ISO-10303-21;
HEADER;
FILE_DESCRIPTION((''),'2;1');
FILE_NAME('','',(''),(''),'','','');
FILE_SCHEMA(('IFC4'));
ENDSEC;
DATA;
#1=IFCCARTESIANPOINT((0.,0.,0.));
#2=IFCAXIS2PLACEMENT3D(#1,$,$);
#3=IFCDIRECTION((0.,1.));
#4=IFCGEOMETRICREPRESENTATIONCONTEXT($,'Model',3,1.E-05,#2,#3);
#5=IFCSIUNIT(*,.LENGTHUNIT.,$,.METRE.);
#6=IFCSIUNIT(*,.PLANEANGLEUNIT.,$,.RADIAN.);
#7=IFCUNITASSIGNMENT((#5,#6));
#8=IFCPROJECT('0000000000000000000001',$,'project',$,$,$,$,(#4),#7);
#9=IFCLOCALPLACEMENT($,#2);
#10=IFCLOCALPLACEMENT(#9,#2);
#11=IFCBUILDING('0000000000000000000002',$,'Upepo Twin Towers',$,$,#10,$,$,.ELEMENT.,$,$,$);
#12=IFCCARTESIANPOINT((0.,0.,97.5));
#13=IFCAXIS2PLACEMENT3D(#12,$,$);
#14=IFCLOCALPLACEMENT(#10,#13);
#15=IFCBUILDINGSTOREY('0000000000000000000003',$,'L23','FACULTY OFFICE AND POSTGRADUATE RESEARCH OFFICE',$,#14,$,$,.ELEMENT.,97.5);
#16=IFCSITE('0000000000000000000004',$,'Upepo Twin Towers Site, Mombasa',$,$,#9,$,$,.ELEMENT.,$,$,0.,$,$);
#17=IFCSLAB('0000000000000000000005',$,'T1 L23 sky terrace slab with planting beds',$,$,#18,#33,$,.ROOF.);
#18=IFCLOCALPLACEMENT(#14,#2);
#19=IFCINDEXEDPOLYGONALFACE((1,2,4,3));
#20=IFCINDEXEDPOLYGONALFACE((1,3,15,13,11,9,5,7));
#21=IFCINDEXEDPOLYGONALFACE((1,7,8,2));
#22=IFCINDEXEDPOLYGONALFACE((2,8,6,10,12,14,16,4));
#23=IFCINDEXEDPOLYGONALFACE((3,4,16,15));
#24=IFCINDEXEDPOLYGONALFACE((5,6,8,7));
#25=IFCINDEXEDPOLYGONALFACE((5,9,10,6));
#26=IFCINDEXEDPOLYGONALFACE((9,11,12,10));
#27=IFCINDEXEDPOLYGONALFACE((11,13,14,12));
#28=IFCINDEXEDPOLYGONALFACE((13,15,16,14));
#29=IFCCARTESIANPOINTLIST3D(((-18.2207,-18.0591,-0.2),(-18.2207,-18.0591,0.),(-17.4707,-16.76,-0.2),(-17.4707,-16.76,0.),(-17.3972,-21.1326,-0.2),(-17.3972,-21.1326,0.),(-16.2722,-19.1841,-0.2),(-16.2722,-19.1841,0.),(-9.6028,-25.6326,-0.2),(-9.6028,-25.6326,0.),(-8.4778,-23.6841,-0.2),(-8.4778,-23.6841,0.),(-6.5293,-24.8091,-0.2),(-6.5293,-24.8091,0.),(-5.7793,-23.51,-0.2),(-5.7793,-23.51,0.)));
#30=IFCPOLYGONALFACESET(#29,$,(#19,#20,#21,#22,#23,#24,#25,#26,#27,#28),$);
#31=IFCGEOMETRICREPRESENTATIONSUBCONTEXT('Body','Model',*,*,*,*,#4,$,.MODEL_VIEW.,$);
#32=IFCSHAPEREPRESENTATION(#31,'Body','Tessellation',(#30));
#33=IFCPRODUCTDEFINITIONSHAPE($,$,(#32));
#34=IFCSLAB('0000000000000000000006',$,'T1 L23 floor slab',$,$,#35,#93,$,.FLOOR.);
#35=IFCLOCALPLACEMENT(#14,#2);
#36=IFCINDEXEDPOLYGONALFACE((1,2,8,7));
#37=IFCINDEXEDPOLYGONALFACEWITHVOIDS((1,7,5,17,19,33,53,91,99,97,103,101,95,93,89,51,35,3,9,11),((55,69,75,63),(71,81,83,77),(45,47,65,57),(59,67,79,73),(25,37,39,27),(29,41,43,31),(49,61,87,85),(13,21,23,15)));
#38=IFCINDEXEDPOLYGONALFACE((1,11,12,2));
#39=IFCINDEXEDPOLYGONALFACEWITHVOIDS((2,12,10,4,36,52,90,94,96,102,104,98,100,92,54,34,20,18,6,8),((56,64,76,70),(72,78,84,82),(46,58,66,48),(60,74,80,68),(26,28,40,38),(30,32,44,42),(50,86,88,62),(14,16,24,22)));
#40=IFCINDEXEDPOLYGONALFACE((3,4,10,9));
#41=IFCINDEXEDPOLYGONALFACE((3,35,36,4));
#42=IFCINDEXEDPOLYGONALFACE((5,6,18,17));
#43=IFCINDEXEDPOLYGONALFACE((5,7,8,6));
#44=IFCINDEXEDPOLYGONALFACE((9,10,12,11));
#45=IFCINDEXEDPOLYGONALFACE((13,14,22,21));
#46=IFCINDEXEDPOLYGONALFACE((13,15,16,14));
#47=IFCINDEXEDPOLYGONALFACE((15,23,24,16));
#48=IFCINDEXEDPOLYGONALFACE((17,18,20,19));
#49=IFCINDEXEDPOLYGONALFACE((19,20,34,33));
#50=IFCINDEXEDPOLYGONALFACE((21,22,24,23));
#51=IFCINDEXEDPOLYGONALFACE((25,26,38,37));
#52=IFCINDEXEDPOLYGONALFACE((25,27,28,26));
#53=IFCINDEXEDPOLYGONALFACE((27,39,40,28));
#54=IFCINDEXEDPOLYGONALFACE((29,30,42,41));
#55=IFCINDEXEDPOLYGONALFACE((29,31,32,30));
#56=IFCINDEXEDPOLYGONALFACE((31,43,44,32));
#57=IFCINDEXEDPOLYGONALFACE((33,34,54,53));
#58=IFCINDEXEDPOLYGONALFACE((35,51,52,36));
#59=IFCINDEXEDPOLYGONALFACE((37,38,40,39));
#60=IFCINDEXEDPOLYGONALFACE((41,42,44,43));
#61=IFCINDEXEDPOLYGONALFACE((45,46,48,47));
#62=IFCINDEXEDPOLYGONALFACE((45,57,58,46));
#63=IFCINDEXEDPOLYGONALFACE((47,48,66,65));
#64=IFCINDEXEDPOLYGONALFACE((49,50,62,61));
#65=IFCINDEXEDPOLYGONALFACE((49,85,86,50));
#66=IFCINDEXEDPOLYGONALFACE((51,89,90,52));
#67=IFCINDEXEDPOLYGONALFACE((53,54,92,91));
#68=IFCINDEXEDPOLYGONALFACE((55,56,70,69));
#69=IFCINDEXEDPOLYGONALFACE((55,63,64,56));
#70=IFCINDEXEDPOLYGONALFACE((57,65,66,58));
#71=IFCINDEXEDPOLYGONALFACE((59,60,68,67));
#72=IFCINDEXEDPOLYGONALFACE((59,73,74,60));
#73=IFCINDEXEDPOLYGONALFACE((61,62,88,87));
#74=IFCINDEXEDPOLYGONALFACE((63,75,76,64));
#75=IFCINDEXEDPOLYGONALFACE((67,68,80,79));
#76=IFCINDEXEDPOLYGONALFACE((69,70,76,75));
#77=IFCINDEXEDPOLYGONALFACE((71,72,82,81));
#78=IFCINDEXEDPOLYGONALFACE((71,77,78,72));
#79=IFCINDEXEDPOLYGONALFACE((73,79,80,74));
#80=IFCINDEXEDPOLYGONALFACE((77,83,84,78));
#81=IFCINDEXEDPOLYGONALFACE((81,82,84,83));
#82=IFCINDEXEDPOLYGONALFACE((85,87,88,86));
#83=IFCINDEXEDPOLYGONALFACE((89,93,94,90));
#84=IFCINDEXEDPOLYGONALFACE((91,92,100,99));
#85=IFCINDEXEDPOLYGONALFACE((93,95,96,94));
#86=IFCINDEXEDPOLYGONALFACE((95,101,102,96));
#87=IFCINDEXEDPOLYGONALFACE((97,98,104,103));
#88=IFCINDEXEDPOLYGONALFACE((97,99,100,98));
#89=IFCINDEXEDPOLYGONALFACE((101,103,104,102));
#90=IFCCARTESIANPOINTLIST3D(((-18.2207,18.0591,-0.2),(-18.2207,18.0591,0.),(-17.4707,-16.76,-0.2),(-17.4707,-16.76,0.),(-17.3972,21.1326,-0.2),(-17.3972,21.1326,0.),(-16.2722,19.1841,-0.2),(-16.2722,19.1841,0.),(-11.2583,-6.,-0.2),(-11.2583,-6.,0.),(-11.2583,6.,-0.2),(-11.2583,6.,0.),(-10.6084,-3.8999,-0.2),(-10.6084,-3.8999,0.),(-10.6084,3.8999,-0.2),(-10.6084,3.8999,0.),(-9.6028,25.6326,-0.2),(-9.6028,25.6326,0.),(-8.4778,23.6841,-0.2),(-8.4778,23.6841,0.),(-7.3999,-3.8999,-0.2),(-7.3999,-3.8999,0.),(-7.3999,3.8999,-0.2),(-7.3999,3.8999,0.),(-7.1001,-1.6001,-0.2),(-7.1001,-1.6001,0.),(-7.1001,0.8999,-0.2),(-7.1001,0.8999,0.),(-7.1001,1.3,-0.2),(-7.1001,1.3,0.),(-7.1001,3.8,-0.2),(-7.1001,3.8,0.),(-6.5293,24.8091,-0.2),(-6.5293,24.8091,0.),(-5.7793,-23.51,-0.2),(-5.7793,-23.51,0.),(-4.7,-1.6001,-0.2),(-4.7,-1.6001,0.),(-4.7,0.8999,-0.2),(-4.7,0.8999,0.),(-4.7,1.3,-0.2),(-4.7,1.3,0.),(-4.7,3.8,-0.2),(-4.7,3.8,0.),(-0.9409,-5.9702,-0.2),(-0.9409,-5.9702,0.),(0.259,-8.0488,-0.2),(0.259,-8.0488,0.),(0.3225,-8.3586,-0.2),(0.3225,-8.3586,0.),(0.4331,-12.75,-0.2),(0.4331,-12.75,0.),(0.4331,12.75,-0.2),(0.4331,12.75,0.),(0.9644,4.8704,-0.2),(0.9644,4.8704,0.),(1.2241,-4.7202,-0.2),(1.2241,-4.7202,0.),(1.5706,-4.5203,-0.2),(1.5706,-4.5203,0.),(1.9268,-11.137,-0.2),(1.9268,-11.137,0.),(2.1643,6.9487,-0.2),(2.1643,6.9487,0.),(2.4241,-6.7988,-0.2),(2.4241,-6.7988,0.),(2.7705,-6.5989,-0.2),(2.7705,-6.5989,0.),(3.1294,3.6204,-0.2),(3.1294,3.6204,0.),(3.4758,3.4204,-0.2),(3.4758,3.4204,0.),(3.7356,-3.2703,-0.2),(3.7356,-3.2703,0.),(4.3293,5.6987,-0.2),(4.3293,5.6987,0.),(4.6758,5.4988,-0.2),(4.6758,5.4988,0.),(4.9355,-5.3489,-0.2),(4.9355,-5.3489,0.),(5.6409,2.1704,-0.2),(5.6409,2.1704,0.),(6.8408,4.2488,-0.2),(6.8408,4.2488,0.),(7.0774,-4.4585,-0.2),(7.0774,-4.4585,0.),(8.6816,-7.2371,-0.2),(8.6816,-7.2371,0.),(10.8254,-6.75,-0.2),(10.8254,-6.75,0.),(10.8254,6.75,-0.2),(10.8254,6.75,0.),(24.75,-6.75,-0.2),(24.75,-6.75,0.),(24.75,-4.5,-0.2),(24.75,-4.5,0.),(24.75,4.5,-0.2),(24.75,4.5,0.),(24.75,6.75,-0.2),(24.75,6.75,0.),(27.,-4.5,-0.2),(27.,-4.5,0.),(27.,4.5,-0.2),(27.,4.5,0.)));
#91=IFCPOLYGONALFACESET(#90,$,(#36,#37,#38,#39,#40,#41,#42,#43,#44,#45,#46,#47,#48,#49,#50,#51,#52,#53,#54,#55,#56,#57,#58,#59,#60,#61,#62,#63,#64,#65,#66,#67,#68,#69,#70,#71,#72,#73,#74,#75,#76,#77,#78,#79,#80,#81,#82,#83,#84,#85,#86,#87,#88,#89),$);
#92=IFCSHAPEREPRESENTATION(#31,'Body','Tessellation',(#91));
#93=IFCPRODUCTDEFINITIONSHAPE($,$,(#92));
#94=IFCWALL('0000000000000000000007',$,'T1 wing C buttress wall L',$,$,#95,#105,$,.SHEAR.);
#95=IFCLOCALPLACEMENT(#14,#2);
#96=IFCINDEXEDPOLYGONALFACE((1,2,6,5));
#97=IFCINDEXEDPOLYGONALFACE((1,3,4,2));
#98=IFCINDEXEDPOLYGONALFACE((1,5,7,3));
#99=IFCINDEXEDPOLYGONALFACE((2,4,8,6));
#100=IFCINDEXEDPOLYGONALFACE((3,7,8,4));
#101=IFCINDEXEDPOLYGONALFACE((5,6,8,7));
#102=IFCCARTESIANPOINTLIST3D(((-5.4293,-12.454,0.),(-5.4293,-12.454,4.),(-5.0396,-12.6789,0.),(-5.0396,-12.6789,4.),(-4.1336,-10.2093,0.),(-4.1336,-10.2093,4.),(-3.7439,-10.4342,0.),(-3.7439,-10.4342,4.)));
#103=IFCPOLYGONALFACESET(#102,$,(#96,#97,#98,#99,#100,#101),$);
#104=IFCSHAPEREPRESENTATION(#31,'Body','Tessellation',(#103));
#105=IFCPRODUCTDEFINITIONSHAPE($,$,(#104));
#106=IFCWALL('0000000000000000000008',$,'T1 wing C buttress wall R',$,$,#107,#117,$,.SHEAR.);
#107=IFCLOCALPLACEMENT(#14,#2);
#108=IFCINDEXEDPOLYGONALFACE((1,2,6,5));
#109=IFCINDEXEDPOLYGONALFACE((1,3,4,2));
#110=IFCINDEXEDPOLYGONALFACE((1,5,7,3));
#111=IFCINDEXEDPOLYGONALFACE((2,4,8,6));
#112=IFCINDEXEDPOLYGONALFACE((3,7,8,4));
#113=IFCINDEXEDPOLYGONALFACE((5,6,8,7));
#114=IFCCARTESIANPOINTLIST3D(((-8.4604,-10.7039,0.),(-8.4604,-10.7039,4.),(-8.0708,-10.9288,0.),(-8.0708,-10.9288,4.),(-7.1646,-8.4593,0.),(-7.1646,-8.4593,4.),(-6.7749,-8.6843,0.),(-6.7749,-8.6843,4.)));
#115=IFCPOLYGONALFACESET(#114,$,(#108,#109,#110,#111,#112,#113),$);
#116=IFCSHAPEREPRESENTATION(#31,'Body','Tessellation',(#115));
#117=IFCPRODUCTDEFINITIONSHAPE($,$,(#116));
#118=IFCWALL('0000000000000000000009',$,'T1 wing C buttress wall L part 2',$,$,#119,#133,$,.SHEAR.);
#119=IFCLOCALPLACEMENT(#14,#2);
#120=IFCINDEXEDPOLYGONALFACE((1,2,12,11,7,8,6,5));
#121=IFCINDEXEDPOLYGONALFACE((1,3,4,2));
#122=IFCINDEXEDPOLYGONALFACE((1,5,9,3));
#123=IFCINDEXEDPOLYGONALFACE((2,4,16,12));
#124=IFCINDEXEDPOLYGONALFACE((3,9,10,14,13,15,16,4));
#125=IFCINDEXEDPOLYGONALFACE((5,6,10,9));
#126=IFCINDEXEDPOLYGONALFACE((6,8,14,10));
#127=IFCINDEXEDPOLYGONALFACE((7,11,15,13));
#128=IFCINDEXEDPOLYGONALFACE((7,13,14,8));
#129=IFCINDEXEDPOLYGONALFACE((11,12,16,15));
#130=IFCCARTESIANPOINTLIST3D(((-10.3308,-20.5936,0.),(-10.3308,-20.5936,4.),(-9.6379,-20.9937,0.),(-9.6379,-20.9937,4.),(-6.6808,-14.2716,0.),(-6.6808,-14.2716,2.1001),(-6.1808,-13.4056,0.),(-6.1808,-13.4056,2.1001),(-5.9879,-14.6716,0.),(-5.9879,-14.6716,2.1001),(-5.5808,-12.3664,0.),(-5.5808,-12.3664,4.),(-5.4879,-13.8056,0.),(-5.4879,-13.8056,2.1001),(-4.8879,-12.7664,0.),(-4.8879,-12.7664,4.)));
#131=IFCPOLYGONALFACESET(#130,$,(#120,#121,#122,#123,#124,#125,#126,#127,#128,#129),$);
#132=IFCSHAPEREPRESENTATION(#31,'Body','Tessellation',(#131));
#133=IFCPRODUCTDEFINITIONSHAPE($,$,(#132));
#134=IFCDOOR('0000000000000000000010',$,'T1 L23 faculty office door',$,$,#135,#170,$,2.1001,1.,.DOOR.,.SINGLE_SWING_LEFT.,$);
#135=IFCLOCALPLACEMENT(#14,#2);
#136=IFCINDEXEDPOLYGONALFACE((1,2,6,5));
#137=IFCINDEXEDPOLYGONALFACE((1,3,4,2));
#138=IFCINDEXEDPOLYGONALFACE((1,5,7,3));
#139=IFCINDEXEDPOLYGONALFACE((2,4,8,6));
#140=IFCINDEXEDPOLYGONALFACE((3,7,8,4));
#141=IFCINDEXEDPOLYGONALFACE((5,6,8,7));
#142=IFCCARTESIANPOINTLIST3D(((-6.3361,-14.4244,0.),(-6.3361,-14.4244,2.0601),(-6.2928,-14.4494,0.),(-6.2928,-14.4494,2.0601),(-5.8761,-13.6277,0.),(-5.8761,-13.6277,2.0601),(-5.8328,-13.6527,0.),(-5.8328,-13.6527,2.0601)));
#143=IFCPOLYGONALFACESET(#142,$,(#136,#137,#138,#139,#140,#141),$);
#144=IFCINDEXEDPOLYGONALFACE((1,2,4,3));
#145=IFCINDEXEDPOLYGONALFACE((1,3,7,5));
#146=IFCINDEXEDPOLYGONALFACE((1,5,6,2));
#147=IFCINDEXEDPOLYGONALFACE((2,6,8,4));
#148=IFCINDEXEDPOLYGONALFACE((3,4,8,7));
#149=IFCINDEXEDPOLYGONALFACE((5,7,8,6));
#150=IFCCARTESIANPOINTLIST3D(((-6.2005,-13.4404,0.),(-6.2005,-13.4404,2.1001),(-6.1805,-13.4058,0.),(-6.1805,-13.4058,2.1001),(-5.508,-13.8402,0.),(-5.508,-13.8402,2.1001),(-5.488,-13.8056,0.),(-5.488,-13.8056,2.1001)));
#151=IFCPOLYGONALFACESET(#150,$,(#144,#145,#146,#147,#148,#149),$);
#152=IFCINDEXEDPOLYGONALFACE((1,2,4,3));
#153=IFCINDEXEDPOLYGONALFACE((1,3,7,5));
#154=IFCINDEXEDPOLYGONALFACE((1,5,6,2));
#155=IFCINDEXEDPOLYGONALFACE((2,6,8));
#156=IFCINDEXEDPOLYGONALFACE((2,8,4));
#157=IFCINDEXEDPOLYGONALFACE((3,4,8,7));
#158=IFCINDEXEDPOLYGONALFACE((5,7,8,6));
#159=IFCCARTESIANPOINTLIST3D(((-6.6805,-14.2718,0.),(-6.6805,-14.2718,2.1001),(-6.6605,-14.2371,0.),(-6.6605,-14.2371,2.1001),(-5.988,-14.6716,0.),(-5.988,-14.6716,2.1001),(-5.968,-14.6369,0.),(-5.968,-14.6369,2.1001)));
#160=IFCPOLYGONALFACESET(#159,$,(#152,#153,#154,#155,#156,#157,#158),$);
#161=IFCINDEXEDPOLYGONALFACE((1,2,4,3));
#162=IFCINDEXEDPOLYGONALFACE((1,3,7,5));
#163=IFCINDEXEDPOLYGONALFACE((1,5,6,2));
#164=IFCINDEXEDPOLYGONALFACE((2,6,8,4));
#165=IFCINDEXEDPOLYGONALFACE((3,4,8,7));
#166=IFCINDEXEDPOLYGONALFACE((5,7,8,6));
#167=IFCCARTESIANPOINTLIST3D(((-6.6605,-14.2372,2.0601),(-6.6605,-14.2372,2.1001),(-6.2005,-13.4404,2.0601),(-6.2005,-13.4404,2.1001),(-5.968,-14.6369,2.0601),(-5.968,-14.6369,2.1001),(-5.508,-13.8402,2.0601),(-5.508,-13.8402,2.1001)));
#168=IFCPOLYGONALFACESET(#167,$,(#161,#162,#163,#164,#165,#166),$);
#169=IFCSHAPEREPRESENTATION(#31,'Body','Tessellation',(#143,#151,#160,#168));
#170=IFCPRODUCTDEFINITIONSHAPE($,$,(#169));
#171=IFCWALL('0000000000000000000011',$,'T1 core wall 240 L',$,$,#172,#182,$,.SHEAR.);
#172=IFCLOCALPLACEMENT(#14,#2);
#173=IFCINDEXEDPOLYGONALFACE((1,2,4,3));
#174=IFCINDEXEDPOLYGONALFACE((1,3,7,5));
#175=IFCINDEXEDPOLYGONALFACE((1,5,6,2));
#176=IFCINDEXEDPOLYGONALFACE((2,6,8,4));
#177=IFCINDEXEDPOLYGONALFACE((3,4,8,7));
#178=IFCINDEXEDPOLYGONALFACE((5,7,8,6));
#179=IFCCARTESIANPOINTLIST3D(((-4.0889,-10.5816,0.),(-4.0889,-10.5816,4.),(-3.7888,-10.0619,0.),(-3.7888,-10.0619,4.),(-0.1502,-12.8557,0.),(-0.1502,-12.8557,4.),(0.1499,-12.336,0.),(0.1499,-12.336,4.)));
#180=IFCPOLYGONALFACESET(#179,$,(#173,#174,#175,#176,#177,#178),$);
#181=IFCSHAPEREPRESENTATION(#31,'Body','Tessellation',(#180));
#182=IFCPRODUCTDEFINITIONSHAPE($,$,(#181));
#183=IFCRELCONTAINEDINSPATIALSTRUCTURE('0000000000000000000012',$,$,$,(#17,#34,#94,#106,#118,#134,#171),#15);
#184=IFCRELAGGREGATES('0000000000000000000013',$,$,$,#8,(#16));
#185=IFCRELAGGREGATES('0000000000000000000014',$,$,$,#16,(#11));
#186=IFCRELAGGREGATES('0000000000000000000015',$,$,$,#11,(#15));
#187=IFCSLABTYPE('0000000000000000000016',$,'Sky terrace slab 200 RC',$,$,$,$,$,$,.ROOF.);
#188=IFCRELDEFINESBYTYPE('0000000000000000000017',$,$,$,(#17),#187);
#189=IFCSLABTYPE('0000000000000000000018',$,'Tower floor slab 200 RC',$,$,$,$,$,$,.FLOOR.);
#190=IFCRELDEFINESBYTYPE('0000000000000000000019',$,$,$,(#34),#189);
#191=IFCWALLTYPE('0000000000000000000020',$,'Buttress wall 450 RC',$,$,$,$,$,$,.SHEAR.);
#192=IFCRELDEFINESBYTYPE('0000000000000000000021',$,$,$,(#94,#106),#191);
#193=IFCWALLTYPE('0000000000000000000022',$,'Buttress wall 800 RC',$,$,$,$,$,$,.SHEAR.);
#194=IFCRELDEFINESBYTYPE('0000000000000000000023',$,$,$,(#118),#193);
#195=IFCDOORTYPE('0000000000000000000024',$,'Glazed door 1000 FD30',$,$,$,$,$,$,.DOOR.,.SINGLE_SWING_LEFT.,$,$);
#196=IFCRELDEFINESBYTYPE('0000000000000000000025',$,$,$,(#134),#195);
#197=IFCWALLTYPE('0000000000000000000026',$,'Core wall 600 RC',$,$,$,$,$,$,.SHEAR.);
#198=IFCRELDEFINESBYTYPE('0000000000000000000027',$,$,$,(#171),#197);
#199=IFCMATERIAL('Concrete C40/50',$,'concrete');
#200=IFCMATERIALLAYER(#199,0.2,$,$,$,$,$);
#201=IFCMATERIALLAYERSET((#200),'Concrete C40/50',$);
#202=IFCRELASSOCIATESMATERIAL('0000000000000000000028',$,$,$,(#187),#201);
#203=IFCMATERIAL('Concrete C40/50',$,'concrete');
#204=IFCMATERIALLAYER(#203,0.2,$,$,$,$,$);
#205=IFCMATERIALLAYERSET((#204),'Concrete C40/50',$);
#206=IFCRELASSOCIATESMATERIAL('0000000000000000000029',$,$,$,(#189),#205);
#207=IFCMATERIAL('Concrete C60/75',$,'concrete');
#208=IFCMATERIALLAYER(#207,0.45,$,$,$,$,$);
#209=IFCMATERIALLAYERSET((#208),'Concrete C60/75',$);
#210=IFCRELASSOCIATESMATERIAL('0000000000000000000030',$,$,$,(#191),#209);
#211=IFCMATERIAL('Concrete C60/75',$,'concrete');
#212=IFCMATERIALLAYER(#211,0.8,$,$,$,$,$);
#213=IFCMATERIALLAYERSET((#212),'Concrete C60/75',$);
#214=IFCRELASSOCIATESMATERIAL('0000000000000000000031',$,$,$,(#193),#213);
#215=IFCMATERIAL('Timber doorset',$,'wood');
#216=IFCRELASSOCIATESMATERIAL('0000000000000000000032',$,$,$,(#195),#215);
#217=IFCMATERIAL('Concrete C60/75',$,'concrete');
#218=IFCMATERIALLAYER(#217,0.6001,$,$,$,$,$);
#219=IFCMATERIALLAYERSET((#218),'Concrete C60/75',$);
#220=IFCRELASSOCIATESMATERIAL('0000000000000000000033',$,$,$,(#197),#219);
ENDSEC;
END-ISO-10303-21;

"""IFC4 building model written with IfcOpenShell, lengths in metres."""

from ifc_helpers import new_model, si_unit, direction, frame, frame_2d, origin, place, context, subcontext, project, spatial, polyline, rectangle, outline, extrude, material, layer, layer_set, type_object, element, fill, save


model = new_model("IFC4")

# Units and contexts
model_context = context("Model", 3, precision=1e-05, world=origin(), true_north=direction((0.0, 1.0)))
body_context = subcontext(model_context, "Body", "Model", "MODEL_VIEW")
ifc_project = project(units=[si_unit("LENGTHUNIT", "METRE"), si_unit("PLANEANGLEUNIT", "RADIAN")], contexts=[model_context])

# Site, building, storey
site_placement = place(None, origin())
site = spatial("IfcSite", under=ifc_project, at=site_placement, Name="Upepo Twin Towers Site, Mombasa", CompositionType="ELEMENT", RefElevation=0.0)
building_placement = place(site_placement, origin())
building = spatial("IfcBuilding", under=site, at=building_placement, Name="Upepo Twin Towers", CompositionType="ELEMENT")
storey_placement = place(building_placement, frame((0.0, 0.0, 97.5)))
storey = spatial("IfcBuildingStorey", under=building, at=storey_placement, Name="L23", Description="FACULTY OFFICE AND POSTGRADUATE RESEARCH OFFICE", CompositionType="ELEMENT", Elevation=97.5)

# Slabs
ifc_material_1 = material(Name="Concrete C40/50", Category="concrete")
ifc_layer_1 = layer(ifc_material_1, 0.2)
ifc_layer_set_1 = layer_set([ifc_layer_1], Name="Concrete C40/50")
slab_type_1 = type_object("IfcSlabType", Name="Sky terrace slab 200 RC", PredefinedType="ROOF", material=ifc_layer_set_1)
slab_1_placement = place(storey_placement, frame((0.0, 0.0, -0.2)))
element("IfcSlab", 1, at=slab_1_placement, inside=storey, type_object=slab_type_1, Name="T1 L23 sky terrace slab with planting beds", PredefinedType="ROOF", context=body_context, shape_type="SweptSolid", body=[
    extrude(outline(polyline([(-9.6028, -25.6326), (-17.3972, -21.1326), (-16.2722, -19.1841), (-18.2207, -18.0591), (-11.2583, -6.0), (-17.4707, -16.76), (-5.7793, -23.51), (0.4331, -12.75), (-6.5293, -24.8091), (-8.4778, -23.6841), (-9.6028, -25.6326)])), origin(), (0.0, 0.0, 1.0), 0.2),
])
ifc_material_2 = material(Name="Concrete C40/50", Category="concrete")
ifc_layer_2 = layer(ifc_material_2, 0.2)
ifc_layer_set_2 = layer_set([ifc_layer_2], Name="Concrete C40/50")
slab_type_2 = type_object("IfcSlabType", Name="Tower floor slab 200 RC", PredefinedType="FLOOR", material=ifc_layer_set_2)
slab_2_placement = place(storey_placement, frame((0.0, 0.0, -0.2)))
element("IfcSlab", 2, at=slab_2_placement, inside=storey, type_object=slab_type_2, Name="T1 L23 floor slab", PredefinedType="FLOOR", context=body_context, shape_type="SweptSolid", body=[
    extrude(outline(polyline([(-17.4707, -16.76), (-11.2583, -6.0), (-11.2583, 6.0), (-18.2207, 18.0591), (-16.2722, 19.1841), (-17.3972, 21.1326), (-9.6028, 25.6326), (-8.4778, 23.6841), (-6.5293, 24.8091), (0.4331, 12.75), (10.8254, 6.75), (24.75, 6.75), (24.75, 4.5), (27.0, 4.5), (27.0, -4.5), (24.75, -4.5), (24.75, -6.75), (10.8254, -6.75), (0.4331, -12.75), (-5.7793, -23.51), (-17.4707, -16.76)]), holes=[polyline([(5.6409, 2.1704), (6.8408, 4.2488), (4.6758, 5.4988), (3.4758, 3.4204), (5.6409, 2.1704)]), polyline([(3.1294, 3.6204), (4.3293, 5.6987), (2.1643, 6.9487), (0.9644, 4.8704), (3.1294, 3.6204)]), polyline([(-4.7, 3.8), (-7.1001, 3.8), (-7.1001, 1.3), (-4.7, 1.3), (-4.7, 3.8)]), polyline([(-4.7, 0.8999), (-7.1001, 0.8999), (-7.1001, -1.6001), (-4.7, -1.6001), (-4.7, 0.8999)]), polyline([(-7.3999, 3.8999), (-10.6084, 3.8999), (-10.6084, -3.8999), (-7.3999, -3.8999), (-7.3999, 3.8999)]), polyline([(-0.9409, -5.9702), (0.259, -8.0488), (2.4241, -6.7988), (1.2241, -4.7202), (-0.9409, -5.9702)]), polyline([(1.5706, -4.5203), (2.7705, -6.5989), (4.9355, -5.3489), (3.7356, -3.2703), (1.5706, -4.5203)]), polyline([(0.3225, -8.3586), (1.9268, -11.137), (8.6816, -7.2371), (7.0774, -4.4585), (0.3225, -8.3586)])]), origin(), (0.0, 0.0, 1.0), 0.2),
])

# Walls
ifc_material_3 = material(Name="Concrete C60/75", Category="concrete")
ifc_layer_3 = layer(ifc_material_3, 0.45)
ifc_layer_set_3 = layer_set([ifc_layer_3], Name="Concrete C60/75")
wall_type_1 = type_object("IfcWallType", Name="Buttress wall 450 RC", PredefinedType="SHEAR", material=ifc_layer_set_3)
for number, where, z_axis, x_axis, name in (
    (3, (-3.9387, -10.3218, 0.0), (0.0, 0.0, 1.0), (-0.499918, -0.866073, 0.0), "T1 wing C buttress wall L"),
    (4, (-6.9697, -8.5718, 0.0), (0.0, 0.0, 1.0), (-0.499989, -0.866032, 0.0), "T1 wing C buttress wall R"),
):
    element("IfcWall", number, at=place(storey_placement, frame(where, z_axis=z_axis, x_axis=x_axis)), inside=storey, type_object=wall_type_1, Name=name, PredefinedType="SHEAR", context=body_context, shape_type="SweptSolid", body=[
        extrude(rectangle(XDim=2.5918, YDim=0.45, at=frame_2d((1.2959, 0.0))), origin(), (0.0, 0.0, 1.0), 4.0),
    ])

# Wall, opening, door
ifc_material_4 = material(Name="Concrete C60/75", Category="concrete")
ifc_layer_4 = layer(ifc_material_4, 0.8)
ifc_layer_set_4 = layer_set([ifc_layer_4], Name="Concrete C60/75")
wall_type_2 = type_object("IfcWallType", Name="Buttress wall 800 RC", PredefinedType="SHEAR", material=ifc_layer_set_4)
wall_1_placement = place(storey_placement, frame((-5.2344, -12.5664, 0.0), z_axis=(0.0, 0.0, 1.0), x_axis=(-0.499998, -0.866027, 0.0)))
wall_1 = element("IfcWall", 5, at=wall_1_placement, inside=storey, type_object=wall_type_2, Name="T1 wing C buttress wall L part 2", PredefinedType="SHEAR", context=body_context, shape_type="SweptSolid", body=[
    extrude(rectangle(XDim=9.5, YDim=0.8, at=frame_2d((4.75, 0.0))), origin(), (0.0, 0.0, 1.0), 4.0),
])
opening_1_placement = place(wall_1_placement, frame((1.2, 0.0, 0.0)))
opening_1 = element("IfcOpeningElement", 6, at=opening_1_placement, cuts=wall_1, PredefinedType="OPENING", context=body_context, shape_type="SweptSolid", body=[
    extrude(rectangle(XDim=1.0, YDim=2.1001, at=frame_2d((0.5, 1.05))), frame((0.0, 0.4099, 0.0), z_axis=(0.0, -1.0, 0.0), x_axis=(1.0, 0.0, 0.0)), (0.0, 0.0, 1.0), 0.8201),
])
ifc_material_5 = material(Name="Timber doorset", Category="wood")
door_type_1 = type_object("IfcDoorType", Name="Glazed door 1000 FD30", OperationType="SINGLE_SWING_LEFT", PredefinedType="DOOR", material=ifc_material_5)
door_1_placement = place(opening_1_placement, origin())
door_1 = element("IfcDoor", 7, at=door_1_placement, inside=storey, type_object=door_type_1, Name="T1 L23 faculty office door", OperationType="SINGLE_SWING_LEFT", OverallHeight=2.1001, OverallWidth=1.0, PredefinedType="DOOR", context=body_context, shape_type="SweptSolid", body=[
    extrude(rectangle(XDim=0.92, YDim=2.0601, at=frame_2d((0.5, 1.03))), frame((0.0, 0.0249, 0.0), z_axis=(0.0, -1.0, 0.0), x_axis=(1.0, 0.0, 0.0)), (0.0, 0.0, 1.0), 0.05),
    extrude(rectangle(XDim=0.04, YDim=2.1001, at=frame_2d((0.02, 1.05))), frame((0.0, 0.3999, 0.0), z_axis=(0.0, -1.0, 0.0), x_axis=(1.0, 0.0, 0.0)), (0.0, 0.0, 1.0), 0.7996),
    extrude(rectangle(XDim=0.04, YDim=2.1001, at=frame_2d((0.98, 1.05))), frame((0.0, 0.3999, 0.0), z_axis=(0.0, -1.0, 0.0), x_axis=(1.0, 0.0, 0.0)), (0.0, 0.0, 1.0), 0.7996),
    extrude(rectangle(XDim=0.92, YDim=0.04, at=frame_2d((0.5, 2.0801))), frame((0.0, 0.3999, 0.0), z_axis=(0.0, -1.0, 0.0), x_axis=(1.0, 0.0, 0.0)), (0.0, 0.0, 1.0), 0.7996),
])
fill(opening_1, door_1)

# Wall
ifc_material_6 = material(Name="Concrete C60/75", Category="concrete")
ifc_layer_5 = layer(ifc_material_6, 0.6001)
ifc_layer_set_5 = layer_set([ifc_layer_5], Name="Concrete C60/75")
wall_type_3 = type_object("IfcWallType", Name="Core wall 600 RC", PredefinedType="SHEAR", material=ifc_layer_set_5)
wall_2_placement = place(storey_placement, frame((-3.9387, -10.3218, 0.0), z_axis=(0.0, 0.0, 1.0), x_axis=(0.866011, -0.500024, 0.0)))
element("IfcWall", 8, at=wall_2_placement, inside=storey, type_object=wall_type_3, Name="T1 core wall 240 L", PredefinedType="SHEAR", context=body_context, shape_type="SweptSolid", body=[
    extrude(rectangle(XDim=4.5481, YDim=0.6001, at=frame_2d((2.2739, 0.0))), origin(), (0.0, 0.0, 1.0), 4.0),
])

save(model, "model.ifc")
